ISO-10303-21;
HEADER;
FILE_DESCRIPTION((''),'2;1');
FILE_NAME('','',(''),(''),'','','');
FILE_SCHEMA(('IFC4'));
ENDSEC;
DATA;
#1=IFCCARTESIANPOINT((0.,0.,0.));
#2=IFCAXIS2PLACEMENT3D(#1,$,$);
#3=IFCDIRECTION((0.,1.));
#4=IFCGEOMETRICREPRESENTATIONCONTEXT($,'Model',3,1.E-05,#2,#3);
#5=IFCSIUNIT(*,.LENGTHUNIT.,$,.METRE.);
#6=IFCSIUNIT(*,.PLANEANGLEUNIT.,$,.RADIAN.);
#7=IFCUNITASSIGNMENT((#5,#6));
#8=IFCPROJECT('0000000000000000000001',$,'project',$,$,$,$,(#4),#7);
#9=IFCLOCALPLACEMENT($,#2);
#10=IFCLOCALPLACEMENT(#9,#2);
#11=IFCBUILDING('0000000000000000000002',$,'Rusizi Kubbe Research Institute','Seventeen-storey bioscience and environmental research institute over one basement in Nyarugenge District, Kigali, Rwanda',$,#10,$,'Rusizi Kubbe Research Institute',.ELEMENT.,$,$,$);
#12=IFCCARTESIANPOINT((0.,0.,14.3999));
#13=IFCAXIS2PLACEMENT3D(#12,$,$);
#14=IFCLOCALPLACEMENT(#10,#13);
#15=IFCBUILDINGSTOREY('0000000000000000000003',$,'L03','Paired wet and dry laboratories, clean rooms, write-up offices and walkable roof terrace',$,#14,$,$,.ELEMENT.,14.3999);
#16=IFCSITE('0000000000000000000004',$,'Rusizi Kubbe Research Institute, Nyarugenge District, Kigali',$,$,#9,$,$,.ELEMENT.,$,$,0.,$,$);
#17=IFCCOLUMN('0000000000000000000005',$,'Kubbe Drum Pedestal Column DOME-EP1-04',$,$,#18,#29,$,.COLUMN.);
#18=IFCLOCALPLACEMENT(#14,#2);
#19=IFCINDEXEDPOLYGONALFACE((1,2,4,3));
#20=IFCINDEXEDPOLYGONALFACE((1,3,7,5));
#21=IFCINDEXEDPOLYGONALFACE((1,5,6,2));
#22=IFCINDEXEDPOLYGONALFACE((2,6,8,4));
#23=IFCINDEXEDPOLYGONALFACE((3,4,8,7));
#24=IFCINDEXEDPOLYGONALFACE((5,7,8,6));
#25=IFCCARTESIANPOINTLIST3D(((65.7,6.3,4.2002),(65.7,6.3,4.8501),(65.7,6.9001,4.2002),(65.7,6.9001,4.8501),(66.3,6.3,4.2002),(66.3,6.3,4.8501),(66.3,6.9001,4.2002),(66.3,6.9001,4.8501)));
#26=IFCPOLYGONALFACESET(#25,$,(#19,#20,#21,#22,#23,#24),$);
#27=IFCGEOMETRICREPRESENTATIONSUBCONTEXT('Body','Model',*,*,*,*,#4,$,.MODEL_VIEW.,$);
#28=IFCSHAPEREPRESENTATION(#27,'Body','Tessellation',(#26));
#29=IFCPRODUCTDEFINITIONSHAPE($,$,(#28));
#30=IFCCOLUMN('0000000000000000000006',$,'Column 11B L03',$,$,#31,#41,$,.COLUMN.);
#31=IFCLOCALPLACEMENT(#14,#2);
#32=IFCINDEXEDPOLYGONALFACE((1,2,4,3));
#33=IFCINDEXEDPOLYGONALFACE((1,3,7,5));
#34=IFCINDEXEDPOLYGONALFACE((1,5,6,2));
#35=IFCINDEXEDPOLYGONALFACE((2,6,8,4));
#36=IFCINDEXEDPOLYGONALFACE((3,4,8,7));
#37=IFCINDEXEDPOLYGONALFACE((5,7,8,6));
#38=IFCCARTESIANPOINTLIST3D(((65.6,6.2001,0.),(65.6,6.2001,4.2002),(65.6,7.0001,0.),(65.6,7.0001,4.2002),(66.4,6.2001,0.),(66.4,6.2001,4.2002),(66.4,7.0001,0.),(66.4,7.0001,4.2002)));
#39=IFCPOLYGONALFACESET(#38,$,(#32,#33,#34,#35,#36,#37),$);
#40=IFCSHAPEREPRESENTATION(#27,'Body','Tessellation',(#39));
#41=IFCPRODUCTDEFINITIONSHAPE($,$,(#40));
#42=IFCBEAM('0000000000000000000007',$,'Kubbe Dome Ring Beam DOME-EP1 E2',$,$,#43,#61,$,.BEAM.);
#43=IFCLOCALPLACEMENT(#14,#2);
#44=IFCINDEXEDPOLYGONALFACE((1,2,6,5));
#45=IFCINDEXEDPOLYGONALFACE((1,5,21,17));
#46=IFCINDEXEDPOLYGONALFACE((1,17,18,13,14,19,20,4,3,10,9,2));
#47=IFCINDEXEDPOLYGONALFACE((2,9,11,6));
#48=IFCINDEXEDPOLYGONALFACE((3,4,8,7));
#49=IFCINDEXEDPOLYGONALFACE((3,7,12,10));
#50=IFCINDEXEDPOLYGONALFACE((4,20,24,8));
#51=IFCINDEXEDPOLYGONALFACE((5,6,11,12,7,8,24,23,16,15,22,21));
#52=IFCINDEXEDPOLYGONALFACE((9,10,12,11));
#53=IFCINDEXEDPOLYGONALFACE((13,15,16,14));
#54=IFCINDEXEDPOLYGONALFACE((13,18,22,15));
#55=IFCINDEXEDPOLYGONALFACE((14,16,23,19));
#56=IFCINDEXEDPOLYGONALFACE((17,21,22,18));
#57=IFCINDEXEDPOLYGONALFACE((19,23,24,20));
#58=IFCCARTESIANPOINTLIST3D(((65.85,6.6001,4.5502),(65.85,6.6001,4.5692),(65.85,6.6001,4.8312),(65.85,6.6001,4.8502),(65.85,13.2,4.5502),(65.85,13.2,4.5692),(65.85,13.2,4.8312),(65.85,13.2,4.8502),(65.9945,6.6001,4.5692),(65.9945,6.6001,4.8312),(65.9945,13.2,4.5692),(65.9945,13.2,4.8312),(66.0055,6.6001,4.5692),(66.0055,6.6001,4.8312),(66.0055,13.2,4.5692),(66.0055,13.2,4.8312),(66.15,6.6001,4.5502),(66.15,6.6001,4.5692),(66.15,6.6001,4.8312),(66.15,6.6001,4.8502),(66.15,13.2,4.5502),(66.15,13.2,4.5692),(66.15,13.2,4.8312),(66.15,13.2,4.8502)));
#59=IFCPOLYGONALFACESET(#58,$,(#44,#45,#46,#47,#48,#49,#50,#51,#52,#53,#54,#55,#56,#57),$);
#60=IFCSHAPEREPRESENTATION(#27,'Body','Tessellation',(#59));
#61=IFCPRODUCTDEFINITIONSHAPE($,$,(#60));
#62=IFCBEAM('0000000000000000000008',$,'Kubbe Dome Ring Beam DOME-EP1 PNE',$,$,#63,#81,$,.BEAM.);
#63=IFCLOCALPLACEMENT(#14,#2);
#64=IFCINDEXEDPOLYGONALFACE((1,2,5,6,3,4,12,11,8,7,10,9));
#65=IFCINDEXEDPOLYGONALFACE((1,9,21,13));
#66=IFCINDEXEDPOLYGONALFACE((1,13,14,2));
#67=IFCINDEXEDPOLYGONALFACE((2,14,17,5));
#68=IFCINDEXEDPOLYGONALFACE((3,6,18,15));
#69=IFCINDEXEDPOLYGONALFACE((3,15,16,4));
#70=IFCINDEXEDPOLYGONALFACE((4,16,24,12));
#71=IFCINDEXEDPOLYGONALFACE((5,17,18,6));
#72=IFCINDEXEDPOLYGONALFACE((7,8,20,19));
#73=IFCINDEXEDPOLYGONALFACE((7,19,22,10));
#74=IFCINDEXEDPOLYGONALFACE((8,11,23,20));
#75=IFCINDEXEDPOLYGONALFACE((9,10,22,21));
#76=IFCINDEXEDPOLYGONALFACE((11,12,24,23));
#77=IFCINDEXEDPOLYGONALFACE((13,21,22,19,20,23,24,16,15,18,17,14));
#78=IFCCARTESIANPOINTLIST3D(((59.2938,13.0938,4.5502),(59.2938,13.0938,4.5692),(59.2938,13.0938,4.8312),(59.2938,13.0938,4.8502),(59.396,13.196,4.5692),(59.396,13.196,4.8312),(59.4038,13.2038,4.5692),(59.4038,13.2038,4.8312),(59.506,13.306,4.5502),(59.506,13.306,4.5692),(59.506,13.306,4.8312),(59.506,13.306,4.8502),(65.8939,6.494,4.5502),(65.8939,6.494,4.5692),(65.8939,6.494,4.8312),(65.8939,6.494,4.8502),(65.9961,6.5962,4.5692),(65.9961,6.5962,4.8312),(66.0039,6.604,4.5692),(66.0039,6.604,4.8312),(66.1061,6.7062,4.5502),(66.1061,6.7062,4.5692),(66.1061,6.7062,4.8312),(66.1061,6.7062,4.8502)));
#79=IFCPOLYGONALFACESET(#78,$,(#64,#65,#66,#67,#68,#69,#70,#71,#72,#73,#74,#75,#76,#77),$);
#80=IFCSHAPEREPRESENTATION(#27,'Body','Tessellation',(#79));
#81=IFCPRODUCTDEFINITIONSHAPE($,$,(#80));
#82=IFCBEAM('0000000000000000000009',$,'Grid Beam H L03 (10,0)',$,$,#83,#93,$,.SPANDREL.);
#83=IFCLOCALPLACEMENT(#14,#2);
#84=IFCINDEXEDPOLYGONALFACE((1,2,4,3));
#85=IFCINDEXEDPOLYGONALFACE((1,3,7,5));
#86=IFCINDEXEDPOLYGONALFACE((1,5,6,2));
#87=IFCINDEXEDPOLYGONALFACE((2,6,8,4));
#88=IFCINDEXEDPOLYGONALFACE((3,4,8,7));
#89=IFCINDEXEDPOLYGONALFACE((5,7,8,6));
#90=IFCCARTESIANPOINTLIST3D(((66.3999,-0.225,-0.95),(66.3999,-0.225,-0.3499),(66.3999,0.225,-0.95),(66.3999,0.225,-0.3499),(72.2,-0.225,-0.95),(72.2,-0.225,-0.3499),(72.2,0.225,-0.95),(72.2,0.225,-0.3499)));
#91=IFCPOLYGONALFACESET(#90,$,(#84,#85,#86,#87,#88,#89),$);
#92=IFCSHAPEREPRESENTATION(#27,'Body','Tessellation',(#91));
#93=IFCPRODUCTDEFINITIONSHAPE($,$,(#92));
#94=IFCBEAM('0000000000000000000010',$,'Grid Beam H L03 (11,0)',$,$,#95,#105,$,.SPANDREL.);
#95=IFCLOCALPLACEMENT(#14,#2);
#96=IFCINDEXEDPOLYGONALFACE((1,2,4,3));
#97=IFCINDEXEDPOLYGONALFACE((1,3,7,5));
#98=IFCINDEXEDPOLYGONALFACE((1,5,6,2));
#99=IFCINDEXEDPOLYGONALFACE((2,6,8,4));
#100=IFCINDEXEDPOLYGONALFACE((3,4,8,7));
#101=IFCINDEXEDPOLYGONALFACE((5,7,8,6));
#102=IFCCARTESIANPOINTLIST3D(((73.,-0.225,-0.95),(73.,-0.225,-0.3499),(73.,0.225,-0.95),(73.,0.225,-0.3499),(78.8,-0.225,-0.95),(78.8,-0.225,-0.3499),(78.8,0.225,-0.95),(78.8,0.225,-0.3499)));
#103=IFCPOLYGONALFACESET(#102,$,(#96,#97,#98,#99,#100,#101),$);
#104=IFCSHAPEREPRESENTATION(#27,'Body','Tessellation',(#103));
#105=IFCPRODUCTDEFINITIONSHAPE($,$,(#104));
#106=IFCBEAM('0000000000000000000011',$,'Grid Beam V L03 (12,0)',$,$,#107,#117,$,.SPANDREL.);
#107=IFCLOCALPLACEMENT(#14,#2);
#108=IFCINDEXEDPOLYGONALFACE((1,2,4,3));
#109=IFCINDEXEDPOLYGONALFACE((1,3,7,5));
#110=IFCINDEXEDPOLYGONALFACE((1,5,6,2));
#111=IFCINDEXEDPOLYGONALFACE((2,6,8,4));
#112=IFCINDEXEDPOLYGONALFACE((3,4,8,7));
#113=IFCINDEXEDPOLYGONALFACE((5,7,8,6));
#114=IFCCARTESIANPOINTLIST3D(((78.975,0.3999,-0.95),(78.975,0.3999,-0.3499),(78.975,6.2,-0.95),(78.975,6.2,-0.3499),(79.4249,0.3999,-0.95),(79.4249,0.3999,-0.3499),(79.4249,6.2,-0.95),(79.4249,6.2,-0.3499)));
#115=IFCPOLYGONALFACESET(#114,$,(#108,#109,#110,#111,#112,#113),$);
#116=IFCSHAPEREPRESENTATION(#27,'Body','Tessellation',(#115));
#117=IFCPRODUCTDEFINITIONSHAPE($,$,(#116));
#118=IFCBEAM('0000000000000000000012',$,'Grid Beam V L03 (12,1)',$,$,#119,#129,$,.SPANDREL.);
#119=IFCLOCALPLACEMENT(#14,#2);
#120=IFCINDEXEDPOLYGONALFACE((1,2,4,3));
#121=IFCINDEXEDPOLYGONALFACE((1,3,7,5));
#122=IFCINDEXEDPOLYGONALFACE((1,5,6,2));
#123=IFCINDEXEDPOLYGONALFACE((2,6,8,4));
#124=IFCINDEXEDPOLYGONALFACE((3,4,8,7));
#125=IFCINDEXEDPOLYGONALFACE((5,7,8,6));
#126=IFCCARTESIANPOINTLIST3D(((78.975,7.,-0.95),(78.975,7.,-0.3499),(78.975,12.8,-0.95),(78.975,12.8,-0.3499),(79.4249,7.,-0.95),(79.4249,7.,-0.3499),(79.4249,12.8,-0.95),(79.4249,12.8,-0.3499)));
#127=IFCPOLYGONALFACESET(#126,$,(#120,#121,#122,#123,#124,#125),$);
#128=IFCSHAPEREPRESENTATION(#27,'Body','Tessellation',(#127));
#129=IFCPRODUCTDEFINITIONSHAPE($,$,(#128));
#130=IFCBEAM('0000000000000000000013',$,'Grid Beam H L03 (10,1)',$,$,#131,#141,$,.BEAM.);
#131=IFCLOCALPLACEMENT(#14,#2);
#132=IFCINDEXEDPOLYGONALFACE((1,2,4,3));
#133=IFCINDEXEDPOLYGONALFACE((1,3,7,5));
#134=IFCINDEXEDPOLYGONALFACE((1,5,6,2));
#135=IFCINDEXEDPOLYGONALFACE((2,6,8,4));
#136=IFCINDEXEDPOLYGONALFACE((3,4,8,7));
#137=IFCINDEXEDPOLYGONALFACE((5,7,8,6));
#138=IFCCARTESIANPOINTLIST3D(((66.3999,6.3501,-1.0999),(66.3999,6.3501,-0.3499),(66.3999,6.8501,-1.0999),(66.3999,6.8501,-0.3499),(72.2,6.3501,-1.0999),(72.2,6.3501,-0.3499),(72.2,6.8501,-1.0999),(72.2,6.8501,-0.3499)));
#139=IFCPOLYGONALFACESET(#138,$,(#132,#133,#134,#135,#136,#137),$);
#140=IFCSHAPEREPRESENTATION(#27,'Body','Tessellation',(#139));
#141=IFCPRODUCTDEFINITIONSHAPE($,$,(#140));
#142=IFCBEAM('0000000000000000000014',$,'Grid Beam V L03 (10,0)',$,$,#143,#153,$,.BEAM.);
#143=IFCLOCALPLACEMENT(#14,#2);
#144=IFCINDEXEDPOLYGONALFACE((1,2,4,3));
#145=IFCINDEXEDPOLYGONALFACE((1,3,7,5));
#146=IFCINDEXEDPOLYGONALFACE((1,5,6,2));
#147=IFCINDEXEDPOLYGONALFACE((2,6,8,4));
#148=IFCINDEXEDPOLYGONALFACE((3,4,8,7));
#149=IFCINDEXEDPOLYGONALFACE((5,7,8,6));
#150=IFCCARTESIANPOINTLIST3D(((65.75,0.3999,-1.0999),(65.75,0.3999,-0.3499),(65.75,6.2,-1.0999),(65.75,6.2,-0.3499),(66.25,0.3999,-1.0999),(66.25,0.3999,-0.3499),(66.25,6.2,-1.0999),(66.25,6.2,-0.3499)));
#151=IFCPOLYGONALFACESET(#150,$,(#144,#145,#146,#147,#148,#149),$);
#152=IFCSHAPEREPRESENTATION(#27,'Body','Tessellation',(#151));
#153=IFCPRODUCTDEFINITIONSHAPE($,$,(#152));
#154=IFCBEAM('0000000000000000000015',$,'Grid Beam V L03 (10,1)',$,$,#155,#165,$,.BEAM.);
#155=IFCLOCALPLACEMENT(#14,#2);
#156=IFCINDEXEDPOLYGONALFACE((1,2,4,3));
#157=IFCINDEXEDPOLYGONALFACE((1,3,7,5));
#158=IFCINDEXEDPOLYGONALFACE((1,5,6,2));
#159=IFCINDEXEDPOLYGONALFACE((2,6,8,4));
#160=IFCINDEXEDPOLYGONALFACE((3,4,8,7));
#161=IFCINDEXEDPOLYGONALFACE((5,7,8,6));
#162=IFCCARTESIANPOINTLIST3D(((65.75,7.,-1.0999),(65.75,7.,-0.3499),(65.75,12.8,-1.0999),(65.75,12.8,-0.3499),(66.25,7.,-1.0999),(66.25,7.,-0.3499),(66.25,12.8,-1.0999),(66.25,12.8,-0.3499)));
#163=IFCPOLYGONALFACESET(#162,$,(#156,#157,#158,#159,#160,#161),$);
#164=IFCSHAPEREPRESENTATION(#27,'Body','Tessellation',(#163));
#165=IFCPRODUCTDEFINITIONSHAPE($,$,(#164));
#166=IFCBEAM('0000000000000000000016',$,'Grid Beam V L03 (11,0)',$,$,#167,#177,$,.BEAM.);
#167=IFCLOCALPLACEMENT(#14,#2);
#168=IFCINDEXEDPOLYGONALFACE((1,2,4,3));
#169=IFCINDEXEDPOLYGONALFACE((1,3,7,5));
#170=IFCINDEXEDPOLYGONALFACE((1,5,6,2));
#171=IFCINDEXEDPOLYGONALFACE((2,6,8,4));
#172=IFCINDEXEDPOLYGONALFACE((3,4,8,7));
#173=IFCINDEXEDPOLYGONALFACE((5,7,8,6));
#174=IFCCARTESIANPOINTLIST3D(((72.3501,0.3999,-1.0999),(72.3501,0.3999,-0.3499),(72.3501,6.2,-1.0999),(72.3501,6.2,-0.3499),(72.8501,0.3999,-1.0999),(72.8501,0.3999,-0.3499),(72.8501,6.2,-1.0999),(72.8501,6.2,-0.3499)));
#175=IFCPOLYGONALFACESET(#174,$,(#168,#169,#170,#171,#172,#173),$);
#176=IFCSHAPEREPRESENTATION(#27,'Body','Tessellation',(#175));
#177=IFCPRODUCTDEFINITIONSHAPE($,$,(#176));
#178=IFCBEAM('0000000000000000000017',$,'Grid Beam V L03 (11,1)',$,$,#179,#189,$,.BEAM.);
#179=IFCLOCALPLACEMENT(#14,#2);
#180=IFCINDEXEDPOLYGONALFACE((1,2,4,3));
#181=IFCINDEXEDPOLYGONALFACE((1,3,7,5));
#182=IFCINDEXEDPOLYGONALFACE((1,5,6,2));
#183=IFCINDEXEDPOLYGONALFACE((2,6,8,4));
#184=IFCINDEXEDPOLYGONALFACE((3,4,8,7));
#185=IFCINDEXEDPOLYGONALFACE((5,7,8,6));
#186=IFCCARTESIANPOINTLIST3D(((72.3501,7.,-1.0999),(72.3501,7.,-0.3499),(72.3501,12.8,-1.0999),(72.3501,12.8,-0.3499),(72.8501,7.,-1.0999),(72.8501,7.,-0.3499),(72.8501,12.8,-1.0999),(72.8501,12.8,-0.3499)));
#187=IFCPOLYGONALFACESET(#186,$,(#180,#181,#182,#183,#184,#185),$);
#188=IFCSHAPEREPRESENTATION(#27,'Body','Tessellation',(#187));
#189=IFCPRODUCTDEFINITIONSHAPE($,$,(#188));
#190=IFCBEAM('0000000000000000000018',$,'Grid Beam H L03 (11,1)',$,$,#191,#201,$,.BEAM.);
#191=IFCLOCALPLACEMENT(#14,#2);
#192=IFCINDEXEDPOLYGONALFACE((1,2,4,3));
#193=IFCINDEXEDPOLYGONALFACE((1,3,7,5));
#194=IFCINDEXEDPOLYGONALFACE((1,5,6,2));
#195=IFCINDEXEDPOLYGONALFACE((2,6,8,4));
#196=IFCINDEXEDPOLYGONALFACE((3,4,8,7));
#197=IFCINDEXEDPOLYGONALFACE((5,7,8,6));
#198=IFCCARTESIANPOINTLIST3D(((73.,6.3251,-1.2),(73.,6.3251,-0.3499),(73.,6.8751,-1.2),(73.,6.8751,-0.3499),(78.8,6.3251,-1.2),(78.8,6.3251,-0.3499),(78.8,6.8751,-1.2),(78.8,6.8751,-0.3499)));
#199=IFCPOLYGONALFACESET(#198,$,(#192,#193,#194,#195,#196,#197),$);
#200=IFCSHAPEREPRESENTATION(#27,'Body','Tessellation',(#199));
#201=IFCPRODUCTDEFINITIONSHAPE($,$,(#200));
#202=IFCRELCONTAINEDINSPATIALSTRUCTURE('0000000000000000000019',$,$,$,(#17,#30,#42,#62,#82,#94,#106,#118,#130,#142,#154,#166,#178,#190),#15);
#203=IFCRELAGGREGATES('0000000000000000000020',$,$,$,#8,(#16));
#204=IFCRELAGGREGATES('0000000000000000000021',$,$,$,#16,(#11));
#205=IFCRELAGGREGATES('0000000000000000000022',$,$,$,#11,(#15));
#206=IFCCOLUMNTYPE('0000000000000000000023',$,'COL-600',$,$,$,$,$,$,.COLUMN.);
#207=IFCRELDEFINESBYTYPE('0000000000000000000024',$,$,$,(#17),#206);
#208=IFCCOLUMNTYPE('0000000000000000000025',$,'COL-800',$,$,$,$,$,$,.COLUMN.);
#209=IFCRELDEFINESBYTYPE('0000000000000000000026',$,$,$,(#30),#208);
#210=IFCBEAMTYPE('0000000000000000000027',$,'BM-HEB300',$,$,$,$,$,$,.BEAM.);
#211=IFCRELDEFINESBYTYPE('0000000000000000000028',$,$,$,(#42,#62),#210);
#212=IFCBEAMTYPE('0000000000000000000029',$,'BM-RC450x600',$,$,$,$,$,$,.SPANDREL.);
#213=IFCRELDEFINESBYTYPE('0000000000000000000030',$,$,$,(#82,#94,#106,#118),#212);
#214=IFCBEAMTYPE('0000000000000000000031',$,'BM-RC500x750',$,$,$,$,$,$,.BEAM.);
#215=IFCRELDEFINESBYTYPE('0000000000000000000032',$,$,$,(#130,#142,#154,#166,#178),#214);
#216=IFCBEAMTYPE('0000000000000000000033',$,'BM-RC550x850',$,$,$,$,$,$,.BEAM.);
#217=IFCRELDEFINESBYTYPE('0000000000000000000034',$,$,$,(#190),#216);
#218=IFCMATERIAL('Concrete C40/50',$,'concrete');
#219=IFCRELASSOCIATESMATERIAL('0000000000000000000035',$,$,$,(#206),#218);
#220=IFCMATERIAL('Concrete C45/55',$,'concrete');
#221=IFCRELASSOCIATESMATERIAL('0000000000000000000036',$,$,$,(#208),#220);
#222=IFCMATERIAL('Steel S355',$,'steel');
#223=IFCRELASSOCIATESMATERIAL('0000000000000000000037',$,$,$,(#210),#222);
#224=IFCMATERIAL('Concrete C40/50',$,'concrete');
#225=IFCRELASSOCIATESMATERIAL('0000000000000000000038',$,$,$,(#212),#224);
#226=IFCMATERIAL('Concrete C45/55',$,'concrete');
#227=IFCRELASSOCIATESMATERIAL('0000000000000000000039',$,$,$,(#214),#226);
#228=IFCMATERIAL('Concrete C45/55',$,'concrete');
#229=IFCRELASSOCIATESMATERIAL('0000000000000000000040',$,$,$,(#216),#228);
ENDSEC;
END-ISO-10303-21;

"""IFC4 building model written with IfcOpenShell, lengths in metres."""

from ifc_helpers import new_model, si_unit, direction, frame, origin, origin_2d, place, context, subcontext, project, spatial, rectangle, i_section, extrude, material, material_profile, profile_set, type_object, element, save


model = new_model("IFC4")

# Units and contexts
model_context = context("Model", 3, precision=1e-05, world=origin(), true_north=direction((0.0, 1.0)))
body_context = subcontext(model_context, "Body", "Model", "MODEL_VIEW")
ifc_project = project(units=[si_unit("LENGTHUNIT", "METRE"), si_unit("PLANEANGLEUNIT", "RADIAN")], contexts=[model_context])

# Site, building, storey
site_placement = place(None, origin())
site = spatial("IfcSite", under=ifc_project, at=site_placement, Name="Rusizi Kubbe Research Institute, Nyarugenge District, Kigali", CompositionType="ELEMENT", RefElevation=0.0)
building_placement = place(site_placement, origin())
building = spatial("IfcBuilding", under=site, at=building_placement, Name="Rusizi Kubbe Research Institute", Description="Seventeen-storey bioscience and environmental research institute over one basement in Nyarugenge District, Kigali, Rwanda", LongName="Rusizi Kubbe Research Institute", CompositionType="ELEMENT")
storey_placement = place(building_placement, frame((0.0, 0.0, 14.3999)))
storey = spatial("IfcBuildingStorey", under=building, at=storey_placement, Name="L03", Description="Paired wet and dry laboratories, clean rooms, write-up offices and walkable roof terrace", CompositionType="ELEMENT", Elevation=14.3999)

# Columns
ifc_material_1 = material(Name="Concrete C40/50", Category="concrete")
ifc_material_profile_1 = material_profile(ifc_material_1, rectangle(XDim=0.6001, YDim=0.6001, at=origin_2d()), Name="RC600x600")
ifc_profile_set_1 = profile_set([ifc_material_profile_1], Name="Concrete C40/50")
column_type_1 = type_object("IfcColumnType", Name="COL-600", PredefinedType="COLUMN", material=ifc_profile_set_1)
column_1_placement = place(storey_placement, frame((66.0, 6.6001, 4.2002), z_axis=(0.0, 0.0, 1.0), x_axis=(1.0, 0.0, 0.0)))
element("IfcColumn", 1, at=column_1_placement, inside=storey, type_object=column_type_1, Name="Kubbe Drum Pedestal Column DOME-EP1-04", PredefinedType="COLUMN", context=body_context, shape_type="SweptSolid", body=[
    extrude(rectangle(XDim=0.6001, YDim=0.6001, at=origin_2d()), origin(), (0.0, 0.0, 1.0), 0.6499),
])
ifc_material_2 = material(Name="Concrete C45/55", Category="concrete")
ifc_material_profile_2 = material_profile(ifc_material_2, rectangle(XDim=0.8, YDim=0.8, at=origin_2d()), Name="RC800x800")
ifc_profile_set_2 = profile_set([ifc_material_profile_2], Name="Concrete C45/55")
column_type_2 = type_object("IfcColumnType", Name="COL-800", PredefinedType="COLUMN", material=ifc_profile_set_2)
column_2_placement = place(storey_placement, frame((66.0, 6.6001, 0.0), z_axis=(0.0, 0.0, 1.0), x_axis=(1.0, 0.0, 0.0)))
element("IfcColumn", 2, at=column_2_placement, inside=storey, type_object=column_type_2, Name="Column 11B L03", PredefinedType="COLUMN", context=body_context, shape_type="SweptSolid", body=[
    extrude(rectangle(XDim=0.8, YDim=0.8, at=origin_2d()), origin(), (0.0, 0.0, 1.0), 4.2002),
])

# Beams
ifc_material_3 = material(Name="Steel S355", Category="steel")
ifc_material_profile_3 = material_profile(ifc_material_3, i_section(OverallWidth=0.3, OverallDepth=0.3, WebThickness=0.011, FlangeThickness=0.019, at=origin_2d()), Name="HEB 300")
ifc_profile_set_3 = profile_set([ifc_material_profile_3], Name="Steel S355")
beam_type_1 = type_object("IfcBeamType", Name="BM-HEB300", PredefinedType="BEAM", material=ifc_profile_set_3)
beam_1_placement = place(storey_placement, frame((66.0, 6.6001, 4.7002), z_axis=(0.0, 1.0, 0.0), x_axis=(-1.0, 0.0, 0.0)))
element("IfcBeam", 3, at=beam_1_placement, inside=storey, type_object=beam_type_1, Name="Kubbe Dome Ring Beam DOME-EP1 E2", PredefinedType="BEAM", context=body_context, shape_type="SweptSolid", body=[
    extrude(i_section(OverallWidth=0.3, OverallDepth=0.3, WebThickness=0.011, FlangeThickness=0.019, at=origin_2d()), origin(), (0.0, 0.0, 1.0), 6.5999),
])
beam_2_placement = place(storey_placement, frame((66.0, 6.6001, 4.7002), z_axis=(-0.70712, 0.707094, 0.0), x_axis=(-0.707094, -0.70712, 0.0)))
element("IfcBeam", 4, at=beam_2_placement, inside=storey, type_object=beam_type_1, Name="Kubbe Dome Ring Beam DOME-EP1 PNE", PredefinedType="BEAM", context=body_context, shape_type="SweptSolid", body=[
    extrude(i_section(OverallWidth=0.3, OverallDepth=0.3, WebThickness=0.011, FlangeThickness=0.019, at=origin_2d()), origin(), (0.0, 0.0, 1.0), 9.3337),
])
ifc_material_4 = material(Name="Concrete C40/50", Category="concrete")
ifc_material_profile_4 = material_profile(ifc_material_4, rectangle(XDim=0.45, YDim=0.6001, at=origin_2d()), Name="RC450x600")
ifc_profile_set_4 = profile_set([ifc_material_profile_4], Name="Concrete C40/50")
beam_type_2 = type_object("IfcBeamType", Name="BM-RC450x600", PredefinedType="SPANDREL", material=ifc_profile_set_4)
for number, where, z_axis, x_axis, name in (
    (5, (66.3999, 0.0, -0.6499), (1.0, 0.0, 0.0), (0.0, 1.0, 0.0), "Grid Beam H L03 (10,0)"),
    (6, (73.0, 0.0, -0.6499), (1.0, 0.0, 0.0), (0.0, 1.0, 0.0), "Grid Beam H L03 (11,0)"),
    (7, (79.2, 0.3999, -0.6499), (0.0, 1.0, 0.0), (-1.0, 0.0, 0.0), "Grid Beam V L03 (12,0)"),
    (8, (79.2, 7.0, -0.6499), (0.0, 1.0, 0.0), (-1.0, 0.0, 0.0), "Grid Beam V L03 (12,1)"),
):
    element("IfcBeam", number, at=place(storey_placement, frame(where, z_axis=z_axis, x_axis=x_axis)), inside=storey, type_object=beam_type_2, Name=name, PredefinedType="SPANDREL", context=body_context, shape_type="SweptSolid", body=[
        extrude(rectangle(XDim=0.45, YDim=0.6001, at=origin_2d()), origin(), (0.0, 0.0, 1.0), 5.8),
    ])
ifc_material_5 = material(Name="Concrete C45/55", Category="concrete")
ifc_material_profile_5 = material_profile(ifc_material_5, rectangle(XDim=0.5, YDim=0.75, at=origin_2d()), Name="RC500x750B")
ifc_profile_set_5 = profile_set([ifc_material_profile_5], Name="Concrete C45/55")
beam_type_3 = type_object("IfcBeamType", Name="BM-RC500x750", PredefinedType="BEAM", material=ifc_profile_set_5)
for number, where, z_axis, x_axis, name in (
    (9, (66.3999, 6.6001, -0.7249), (1.0, 0.0, 0.0), (0.0, 1.0, 0.0), "Grid Beam H L03 (10,1)"),
    (10, (66.0, 0.3999, -0.7249), (0.0, 1.0, 0.0), (-1.0, 0.0, 0.0), "Grid Beam V L03 (10,0)"),
    (11, (66.0, 7.0, -0.7249), (0.0, 1.0, 0.0), (-1.0, 0.0, 0.0), "Grid Beam V L03 (10,1)"),
    (12, (72.6001, 0.3999, -0.7249), (0.0, 1.0, 0.0), (-1.0, 0.0, 0.0), "Grid Beam V L03 (11,0)"),
    (13, (72.6001, 7.0, -0.7249), (0.0, 1.0, 0.0), (-1.0, 0.0, 0.0), "Grid Beam V L03 (11,1)"),
):
    element("IfcBeam", number, at=place(storey_placement, frame(where, z_axis=z_axis, x_axis=x_axis)), inside=storey, type_object=beam_type_3, Name=name, PredefinedType="BEAM", context=body_context, shape_type="SweptSolid", body=[
        extrude(rectangle(XDim=0.5, YDim=0.75, at=origin_2d()), origin(), (0.0, 0.0, 1.0), 5.8),
    ])
ifc_material_6 = material(Name="Concrete C45/55", Category="concrete")
ifc_material_profile_6 = material_profile(ifc_material_6, rectangle(XDim=0.55, YDim=0.8501, at=origin_2d()), Name="RC550x850")
ifc_profile_set_6 = profile_set([ifc_material_profile_6], Name="Concrete C45/55")
beam_type_4 = type_object("IfcBeamType", Name="BM-RC550x850", PredefinedType="BEAM", material=ifc_profile_set_6)
beam_3_placement = place(storey_placement, frame((73.0, 6.6001, -0.7749), z_axis=(1.0, 0.0, 0.0), x_axis=(0.0, 1.0, 0.0)))
element("IfcBeam", 14, at=beam_3_placement, inside=storey, type_object=beam_type_4, Name="Grid Beam H L03 (11,1)", PredefinedType="BEAM", context=body_context, shape_type="SweptSolid", body=[
    extrude(rectangle(XDim=0.55, YDim=0.8501, at=origin_2d()), origin(), (0.0, 0.0, 1.0), 5.8),
])

save(model, "model.ifc")
